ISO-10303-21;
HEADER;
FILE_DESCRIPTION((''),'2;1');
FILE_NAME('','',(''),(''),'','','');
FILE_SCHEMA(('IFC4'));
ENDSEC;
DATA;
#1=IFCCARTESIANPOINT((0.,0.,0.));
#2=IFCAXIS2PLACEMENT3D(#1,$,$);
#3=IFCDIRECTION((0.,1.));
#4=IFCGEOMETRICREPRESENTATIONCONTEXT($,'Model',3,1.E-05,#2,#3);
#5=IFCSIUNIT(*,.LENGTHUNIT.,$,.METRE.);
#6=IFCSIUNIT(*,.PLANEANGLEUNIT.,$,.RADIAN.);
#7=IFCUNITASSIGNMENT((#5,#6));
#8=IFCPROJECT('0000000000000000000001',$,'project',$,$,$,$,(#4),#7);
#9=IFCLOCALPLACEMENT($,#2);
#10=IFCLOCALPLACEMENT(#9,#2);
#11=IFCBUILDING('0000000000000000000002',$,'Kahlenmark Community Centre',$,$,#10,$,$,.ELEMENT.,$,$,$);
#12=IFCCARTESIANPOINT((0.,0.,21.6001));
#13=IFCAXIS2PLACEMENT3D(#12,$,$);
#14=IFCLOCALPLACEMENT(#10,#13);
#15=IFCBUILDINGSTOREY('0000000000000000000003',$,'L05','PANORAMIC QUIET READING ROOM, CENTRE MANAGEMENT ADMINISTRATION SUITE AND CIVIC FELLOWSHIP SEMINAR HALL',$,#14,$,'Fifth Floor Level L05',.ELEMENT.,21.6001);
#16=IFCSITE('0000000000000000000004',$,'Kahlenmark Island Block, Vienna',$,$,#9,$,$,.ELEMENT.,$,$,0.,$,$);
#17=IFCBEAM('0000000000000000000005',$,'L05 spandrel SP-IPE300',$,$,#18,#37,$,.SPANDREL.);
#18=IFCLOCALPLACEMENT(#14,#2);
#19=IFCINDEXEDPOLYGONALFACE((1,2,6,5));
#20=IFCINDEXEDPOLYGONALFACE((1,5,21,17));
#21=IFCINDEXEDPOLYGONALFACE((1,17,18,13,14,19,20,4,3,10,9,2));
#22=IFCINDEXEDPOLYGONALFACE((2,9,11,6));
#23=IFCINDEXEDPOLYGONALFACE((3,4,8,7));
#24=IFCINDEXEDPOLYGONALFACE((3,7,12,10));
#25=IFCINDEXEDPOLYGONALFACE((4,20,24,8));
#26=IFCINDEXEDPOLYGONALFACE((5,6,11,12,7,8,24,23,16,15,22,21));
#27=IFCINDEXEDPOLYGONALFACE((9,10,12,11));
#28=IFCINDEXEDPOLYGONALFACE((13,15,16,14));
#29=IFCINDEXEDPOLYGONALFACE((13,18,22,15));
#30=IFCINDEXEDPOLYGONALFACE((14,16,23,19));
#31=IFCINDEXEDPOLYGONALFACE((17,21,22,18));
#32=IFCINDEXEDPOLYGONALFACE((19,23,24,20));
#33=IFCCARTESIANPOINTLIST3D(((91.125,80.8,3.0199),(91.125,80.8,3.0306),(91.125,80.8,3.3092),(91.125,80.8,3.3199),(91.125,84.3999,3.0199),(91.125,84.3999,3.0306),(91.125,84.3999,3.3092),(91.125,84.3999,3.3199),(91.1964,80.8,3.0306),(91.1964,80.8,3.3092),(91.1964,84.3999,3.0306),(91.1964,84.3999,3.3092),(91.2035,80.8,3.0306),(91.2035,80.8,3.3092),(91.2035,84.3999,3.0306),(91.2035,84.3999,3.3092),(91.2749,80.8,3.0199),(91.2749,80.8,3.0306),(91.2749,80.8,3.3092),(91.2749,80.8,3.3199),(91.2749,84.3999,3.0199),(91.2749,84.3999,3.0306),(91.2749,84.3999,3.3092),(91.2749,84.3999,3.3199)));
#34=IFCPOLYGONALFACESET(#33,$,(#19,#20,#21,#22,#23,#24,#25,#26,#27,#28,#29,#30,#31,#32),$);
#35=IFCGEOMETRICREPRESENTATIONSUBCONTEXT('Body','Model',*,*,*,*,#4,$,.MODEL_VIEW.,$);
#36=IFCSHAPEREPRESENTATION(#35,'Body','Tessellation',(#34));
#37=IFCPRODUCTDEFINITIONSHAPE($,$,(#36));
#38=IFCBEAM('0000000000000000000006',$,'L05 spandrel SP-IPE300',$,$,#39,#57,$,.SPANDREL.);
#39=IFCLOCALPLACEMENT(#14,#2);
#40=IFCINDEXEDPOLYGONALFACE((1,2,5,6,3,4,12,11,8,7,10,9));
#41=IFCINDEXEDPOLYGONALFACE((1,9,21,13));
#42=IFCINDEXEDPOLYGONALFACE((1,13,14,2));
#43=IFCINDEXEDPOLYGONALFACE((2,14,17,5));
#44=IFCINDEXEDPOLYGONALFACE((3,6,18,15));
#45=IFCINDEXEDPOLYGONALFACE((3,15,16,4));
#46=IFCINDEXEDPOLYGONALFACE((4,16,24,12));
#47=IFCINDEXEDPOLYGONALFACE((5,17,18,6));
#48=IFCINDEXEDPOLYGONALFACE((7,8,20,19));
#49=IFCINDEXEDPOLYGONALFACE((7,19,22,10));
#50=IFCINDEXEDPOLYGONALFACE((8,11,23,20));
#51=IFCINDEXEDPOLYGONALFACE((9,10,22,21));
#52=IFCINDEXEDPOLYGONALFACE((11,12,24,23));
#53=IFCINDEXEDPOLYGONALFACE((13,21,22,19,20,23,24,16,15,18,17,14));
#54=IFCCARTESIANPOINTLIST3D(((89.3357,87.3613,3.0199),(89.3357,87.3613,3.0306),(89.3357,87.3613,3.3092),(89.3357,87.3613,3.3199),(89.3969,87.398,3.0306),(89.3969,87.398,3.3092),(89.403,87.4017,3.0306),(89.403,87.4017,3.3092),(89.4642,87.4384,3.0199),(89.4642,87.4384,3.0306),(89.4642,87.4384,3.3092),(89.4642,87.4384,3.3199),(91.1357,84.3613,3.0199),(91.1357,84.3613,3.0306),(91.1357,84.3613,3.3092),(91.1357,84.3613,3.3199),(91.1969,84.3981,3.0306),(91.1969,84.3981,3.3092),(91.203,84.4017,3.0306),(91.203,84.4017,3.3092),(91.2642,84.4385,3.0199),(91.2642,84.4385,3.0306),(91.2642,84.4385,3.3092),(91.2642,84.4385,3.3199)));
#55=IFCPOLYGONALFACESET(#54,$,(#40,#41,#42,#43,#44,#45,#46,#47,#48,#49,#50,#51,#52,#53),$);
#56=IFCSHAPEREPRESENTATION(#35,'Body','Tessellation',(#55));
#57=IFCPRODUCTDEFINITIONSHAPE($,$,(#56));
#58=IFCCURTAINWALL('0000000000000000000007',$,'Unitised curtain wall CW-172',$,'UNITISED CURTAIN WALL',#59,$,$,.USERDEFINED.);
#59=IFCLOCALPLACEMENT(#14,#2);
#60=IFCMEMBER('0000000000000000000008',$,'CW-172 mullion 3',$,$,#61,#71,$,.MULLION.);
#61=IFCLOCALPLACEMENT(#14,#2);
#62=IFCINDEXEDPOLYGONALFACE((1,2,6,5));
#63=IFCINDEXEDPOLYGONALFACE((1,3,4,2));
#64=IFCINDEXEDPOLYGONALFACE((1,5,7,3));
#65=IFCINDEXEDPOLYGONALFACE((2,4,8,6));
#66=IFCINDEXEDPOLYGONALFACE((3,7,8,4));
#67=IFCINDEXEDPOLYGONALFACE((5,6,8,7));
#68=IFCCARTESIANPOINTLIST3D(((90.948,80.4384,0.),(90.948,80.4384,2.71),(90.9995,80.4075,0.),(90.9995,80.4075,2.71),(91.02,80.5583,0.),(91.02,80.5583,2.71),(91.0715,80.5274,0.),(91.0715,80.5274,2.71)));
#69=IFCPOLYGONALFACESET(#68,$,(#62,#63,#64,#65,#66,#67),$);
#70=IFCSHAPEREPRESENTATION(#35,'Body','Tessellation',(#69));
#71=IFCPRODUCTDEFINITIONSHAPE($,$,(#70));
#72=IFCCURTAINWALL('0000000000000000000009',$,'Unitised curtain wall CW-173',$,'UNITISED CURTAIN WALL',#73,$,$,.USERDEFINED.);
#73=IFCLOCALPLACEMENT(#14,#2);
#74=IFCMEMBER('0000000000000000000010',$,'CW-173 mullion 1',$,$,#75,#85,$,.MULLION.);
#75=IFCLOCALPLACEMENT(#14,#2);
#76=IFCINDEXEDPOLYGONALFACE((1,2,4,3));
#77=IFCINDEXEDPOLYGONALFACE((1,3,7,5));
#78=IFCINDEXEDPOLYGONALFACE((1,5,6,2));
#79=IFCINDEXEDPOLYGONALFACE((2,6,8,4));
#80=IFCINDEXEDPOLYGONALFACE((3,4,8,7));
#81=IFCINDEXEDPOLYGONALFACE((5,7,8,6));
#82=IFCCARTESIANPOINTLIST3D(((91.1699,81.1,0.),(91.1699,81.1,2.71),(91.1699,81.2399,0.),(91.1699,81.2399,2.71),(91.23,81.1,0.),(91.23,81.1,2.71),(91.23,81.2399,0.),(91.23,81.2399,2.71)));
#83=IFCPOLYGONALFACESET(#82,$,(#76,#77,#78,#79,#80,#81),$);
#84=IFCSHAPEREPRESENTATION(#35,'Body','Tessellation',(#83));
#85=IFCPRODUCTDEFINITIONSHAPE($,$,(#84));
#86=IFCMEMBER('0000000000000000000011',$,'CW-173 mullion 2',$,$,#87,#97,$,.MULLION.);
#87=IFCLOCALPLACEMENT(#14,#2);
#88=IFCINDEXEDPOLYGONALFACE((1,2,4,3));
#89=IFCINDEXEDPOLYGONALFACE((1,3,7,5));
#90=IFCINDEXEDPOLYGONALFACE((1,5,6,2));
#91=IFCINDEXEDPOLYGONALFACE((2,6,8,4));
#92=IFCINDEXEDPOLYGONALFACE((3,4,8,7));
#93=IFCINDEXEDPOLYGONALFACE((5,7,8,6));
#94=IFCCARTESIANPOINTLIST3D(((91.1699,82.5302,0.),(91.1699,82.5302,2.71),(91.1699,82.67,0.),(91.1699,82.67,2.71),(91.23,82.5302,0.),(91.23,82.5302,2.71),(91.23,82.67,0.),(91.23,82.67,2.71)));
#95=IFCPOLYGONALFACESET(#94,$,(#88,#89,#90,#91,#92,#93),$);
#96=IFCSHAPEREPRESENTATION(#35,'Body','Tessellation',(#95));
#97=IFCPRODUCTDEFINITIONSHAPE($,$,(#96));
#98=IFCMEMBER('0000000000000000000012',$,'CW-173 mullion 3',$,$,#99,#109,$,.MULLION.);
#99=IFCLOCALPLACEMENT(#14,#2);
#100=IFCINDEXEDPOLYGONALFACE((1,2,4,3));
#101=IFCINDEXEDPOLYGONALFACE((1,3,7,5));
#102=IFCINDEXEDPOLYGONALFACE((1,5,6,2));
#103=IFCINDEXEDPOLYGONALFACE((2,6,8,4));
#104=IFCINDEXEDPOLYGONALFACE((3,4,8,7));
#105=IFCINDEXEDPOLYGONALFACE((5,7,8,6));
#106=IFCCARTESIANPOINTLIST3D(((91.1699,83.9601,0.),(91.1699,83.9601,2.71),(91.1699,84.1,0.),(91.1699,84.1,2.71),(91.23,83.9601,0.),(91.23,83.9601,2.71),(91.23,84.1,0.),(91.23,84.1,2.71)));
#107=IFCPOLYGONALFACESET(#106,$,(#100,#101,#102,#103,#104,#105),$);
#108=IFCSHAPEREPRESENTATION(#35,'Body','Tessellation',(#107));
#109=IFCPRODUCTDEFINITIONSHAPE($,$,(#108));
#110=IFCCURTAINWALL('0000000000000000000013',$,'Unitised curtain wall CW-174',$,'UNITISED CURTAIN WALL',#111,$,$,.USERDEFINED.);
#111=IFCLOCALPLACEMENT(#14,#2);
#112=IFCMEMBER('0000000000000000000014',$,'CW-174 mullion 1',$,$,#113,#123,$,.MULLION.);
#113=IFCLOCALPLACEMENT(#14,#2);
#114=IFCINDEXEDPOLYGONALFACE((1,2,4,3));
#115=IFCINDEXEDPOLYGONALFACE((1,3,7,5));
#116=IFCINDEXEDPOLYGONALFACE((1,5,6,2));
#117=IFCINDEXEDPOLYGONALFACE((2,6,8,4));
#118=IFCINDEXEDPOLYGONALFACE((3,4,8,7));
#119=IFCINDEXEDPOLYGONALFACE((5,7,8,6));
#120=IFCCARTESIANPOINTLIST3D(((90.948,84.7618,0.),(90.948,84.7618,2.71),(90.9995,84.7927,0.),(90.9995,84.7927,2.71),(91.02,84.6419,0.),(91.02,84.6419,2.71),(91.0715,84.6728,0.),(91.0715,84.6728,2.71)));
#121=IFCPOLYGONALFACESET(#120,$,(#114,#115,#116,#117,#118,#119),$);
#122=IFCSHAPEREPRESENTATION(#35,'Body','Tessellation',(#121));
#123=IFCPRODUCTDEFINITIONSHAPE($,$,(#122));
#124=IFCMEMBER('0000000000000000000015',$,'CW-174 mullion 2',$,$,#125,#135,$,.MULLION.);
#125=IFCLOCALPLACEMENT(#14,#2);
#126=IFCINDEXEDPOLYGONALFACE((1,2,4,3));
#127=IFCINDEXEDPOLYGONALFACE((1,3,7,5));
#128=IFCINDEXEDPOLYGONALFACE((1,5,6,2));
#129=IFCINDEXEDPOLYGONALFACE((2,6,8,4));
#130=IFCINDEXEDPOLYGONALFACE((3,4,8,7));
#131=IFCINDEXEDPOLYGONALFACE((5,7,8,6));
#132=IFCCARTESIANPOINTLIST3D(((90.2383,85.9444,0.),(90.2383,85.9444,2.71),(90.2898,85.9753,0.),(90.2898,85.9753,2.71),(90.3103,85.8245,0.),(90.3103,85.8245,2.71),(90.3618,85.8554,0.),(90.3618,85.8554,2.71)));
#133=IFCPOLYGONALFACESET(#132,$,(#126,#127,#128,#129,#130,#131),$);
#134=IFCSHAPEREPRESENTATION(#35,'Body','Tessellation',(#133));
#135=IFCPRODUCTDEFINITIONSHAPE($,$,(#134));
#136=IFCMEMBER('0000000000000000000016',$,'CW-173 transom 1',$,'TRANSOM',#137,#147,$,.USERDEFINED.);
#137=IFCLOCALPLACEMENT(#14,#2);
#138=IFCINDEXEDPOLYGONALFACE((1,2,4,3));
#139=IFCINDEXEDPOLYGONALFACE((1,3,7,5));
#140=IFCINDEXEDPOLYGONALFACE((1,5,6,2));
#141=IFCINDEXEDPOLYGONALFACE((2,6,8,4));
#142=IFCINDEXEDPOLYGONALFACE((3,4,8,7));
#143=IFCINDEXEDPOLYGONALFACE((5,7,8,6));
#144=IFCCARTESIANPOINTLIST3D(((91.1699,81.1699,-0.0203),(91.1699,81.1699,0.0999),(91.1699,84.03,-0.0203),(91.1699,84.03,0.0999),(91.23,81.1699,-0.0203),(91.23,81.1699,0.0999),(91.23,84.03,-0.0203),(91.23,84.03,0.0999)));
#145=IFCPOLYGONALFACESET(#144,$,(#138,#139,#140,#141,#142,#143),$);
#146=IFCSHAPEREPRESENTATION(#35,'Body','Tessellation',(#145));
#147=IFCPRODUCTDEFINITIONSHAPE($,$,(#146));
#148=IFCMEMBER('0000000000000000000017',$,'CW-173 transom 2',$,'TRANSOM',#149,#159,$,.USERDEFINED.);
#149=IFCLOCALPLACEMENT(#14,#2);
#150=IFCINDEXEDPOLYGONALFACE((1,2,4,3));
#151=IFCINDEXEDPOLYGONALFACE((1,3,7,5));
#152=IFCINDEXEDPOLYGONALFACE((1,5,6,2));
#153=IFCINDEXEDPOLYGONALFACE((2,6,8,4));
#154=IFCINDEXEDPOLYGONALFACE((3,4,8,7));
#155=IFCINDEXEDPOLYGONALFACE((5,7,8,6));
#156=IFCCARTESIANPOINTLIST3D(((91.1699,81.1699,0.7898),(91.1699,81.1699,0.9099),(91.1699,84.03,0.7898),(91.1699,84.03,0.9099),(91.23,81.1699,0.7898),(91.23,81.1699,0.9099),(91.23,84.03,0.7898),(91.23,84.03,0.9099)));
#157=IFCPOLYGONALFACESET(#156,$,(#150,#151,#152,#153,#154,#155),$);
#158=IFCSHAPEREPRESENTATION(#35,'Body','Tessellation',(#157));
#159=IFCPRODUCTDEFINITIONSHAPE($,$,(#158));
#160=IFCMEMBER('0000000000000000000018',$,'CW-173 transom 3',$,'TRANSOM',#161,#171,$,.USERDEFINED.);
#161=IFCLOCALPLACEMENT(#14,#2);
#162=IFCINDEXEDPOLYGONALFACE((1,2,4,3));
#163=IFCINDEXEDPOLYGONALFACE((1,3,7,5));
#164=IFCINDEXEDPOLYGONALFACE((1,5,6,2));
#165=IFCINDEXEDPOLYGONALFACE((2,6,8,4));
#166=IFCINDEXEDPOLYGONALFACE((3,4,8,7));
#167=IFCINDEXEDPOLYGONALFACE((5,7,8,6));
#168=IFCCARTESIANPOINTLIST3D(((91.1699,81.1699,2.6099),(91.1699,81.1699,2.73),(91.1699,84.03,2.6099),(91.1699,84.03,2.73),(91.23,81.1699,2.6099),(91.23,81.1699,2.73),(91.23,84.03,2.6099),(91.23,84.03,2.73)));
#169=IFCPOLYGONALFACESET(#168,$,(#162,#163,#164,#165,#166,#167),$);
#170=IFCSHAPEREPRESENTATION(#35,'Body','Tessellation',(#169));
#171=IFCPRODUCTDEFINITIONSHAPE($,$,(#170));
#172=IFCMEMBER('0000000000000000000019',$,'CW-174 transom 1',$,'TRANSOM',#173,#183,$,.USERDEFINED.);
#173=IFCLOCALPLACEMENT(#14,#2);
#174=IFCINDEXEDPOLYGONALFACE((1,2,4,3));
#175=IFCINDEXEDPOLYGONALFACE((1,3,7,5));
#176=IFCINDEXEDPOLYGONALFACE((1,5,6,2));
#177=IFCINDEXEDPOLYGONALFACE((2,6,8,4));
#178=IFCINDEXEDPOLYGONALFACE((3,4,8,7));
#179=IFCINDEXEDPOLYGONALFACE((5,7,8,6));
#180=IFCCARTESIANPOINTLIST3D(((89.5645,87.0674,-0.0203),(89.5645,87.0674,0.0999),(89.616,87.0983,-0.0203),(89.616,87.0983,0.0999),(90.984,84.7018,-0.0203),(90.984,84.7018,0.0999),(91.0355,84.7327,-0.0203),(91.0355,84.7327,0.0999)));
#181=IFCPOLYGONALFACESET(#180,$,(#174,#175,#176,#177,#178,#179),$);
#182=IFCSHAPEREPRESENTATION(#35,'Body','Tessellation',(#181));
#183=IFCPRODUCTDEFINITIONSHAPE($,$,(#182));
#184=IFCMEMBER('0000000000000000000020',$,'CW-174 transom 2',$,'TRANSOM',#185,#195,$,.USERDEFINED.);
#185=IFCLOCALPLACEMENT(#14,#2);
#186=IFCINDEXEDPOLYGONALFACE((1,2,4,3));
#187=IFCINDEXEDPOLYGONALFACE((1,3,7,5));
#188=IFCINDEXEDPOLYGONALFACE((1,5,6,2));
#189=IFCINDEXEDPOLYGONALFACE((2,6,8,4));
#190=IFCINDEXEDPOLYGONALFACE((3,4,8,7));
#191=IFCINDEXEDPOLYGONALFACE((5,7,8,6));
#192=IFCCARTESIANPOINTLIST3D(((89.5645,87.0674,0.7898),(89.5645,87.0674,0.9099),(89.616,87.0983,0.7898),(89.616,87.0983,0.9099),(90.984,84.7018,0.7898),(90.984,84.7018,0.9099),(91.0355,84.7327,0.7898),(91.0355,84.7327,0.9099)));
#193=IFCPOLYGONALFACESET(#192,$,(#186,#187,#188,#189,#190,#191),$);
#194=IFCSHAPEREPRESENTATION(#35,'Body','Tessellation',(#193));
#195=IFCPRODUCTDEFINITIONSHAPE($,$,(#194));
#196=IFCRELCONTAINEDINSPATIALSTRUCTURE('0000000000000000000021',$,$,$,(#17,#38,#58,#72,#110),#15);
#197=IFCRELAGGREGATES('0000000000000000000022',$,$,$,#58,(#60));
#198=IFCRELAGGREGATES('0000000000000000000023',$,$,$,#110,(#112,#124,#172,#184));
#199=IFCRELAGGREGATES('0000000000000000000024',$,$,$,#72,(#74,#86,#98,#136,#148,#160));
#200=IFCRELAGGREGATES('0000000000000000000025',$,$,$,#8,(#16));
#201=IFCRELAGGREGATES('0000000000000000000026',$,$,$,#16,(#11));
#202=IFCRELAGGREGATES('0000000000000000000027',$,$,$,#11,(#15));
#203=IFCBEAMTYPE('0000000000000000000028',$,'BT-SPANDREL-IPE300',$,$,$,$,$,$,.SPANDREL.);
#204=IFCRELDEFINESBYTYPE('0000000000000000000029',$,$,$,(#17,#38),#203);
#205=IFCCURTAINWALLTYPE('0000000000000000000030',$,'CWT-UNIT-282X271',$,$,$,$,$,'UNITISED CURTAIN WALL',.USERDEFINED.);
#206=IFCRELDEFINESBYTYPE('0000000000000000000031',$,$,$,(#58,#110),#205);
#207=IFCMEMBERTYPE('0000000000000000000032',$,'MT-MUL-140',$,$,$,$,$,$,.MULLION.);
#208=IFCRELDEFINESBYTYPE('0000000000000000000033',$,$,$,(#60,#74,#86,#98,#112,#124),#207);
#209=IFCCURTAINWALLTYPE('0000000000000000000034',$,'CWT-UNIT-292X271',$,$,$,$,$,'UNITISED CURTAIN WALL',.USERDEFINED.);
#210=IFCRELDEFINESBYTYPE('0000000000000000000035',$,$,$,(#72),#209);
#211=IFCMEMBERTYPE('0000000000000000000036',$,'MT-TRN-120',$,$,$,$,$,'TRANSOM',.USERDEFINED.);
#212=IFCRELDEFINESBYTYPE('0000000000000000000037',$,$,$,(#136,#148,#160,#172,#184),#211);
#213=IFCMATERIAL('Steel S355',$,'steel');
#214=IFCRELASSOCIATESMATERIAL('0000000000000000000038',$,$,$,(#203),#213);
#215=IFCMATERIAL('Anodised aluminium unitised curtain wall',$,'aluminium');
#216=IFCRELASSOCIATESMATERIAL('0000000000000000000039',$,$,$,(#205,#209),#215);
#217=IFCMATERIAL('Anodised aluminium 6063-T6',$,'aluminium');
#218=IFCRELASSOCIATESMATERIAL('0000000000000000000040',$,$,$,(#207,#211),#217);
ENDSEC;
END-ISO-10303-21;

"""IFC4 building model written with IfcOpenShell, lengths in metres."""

from ifc_helpers import new_model, si_unit, direction, frame, origin, origin_2d, place, context, subcontext, project, spatial, rectangle, i_section, extrude, material, material_profile, profile_set, type_object, element, aggregate, save


model = new_model("IFC4")

# Units and contexts
model_context = context("Model", 3, precision=1e-05, world=origin(), true_north=direction((0.0, 1.0)))
body_context = subcontext(model_context, "Body", "Model", "MODEL_VIEW")
ifc_project = project(units=[si_unit("LENGTHUNIT", "METRE"), si_unit("PLANEANGLEUNIT", "RADIAN")], contexts=[model_context])

# Site, building, storey
site_placement = place(None, origin())
site = spatial("IfcSite", under=ifc_project, at=site_placement, Name="Kahlenmark Island Block, Vienna", CompositionType="ELEMENT", RefElevation=0.0)
building_placement = place(site_placement, origin())
building = spatial("IfcBuilding", under=site, at=building_placement, Name="Kahlenmark Community Centre", CompositionType="ELEMENT")
storey_placement = place(building_placement, frame((0.0, 0.0, 21.6001)))
storey = spatial("IfcBuildingStorey", under=building, at=storey_placement, Name="L05", Description="PANORAMIC QUIET READING ROOM, CENTRE MANAGEMENT ADMINISTRATION SUITE AND CIVIC FELLOWSHIP SEMINAR HALL", LongName="Fifth Floor Level L05", CompositionType="ELEMENT", Elevation=21.6001)

# Shared definitions
ifc_material_1 = material(Name="Steel S355", Category="steel")

# Beams
ifc_material_profile_1 = material_profile(ifc_material_1, i_section(OverallWidth=0.1499, OverallDepth=0.3, WebThickness=0.0071, FlangeThickness=0.0107, at=origin_2d()), Name="IPE 300")
ifc_profile_set_1 = profile_set([ifc_material_profile_1], Name="Steel S355")
beam_type_1 = type_object("IfcBeamType", Name="BT-SPANDREL-IPE300", PredefinedType="SPANDREL", material=ifc_profile_set_1)
beam_1_placement = place(storey_placement, frame((91.2, 80.8, 3.1699), z_axis=(0.0, 1.0, 0.0), x_axis=(-1.0, 0.0, 0.0)))
element("IfcBeam", 1, at=beam_1_placement, inside=storey, type_object=beam_type_1, Name="L05 spandrel SP-IPE300", PredefinedType="SPANDREL", context=body_context, shape_type="SweptSolid", body=[
    extrude(i_section(OverallWidth=0.1499, OverallDepth=0.3, WebThickness=0.0071, FlangeThickness=0.0107, at=origin_2d()), origin(), (0.0, 0.0, 1.0), 3.5999),
])
beam_2_placement = place(storey_placement, frame((91.2, 84.3999, 3.1699), z_axis=(-0.514506, 0.857487, 0.0), x_axis=(-0.857487, -0.514506, 0.0)))
element("IfcBeam", 2, at=beam_2_placement, inside=storey, type_object=beam_type_1, Name="L05 spandrel SP-IPE300", PredefinedType="SPANDREL", context=body_context, shape_type="SweptSolid", body=[
    extrude(i_section(OverallWidth=0.1499, OverallDepth=0.3, WebThickness=0.0071, FlangeThickness=0.0107, at=origin_2d()), origin(), (0.0, 0.0, 1.0), 3.4985),
])

# Curtain wall, member
ifc_material_2 = material(Name="Anodised aluminium unitised curtain wall", Category="aluminium")
curtain_wall_type_1 = type_object("IfcCurtainWallType", Name="CWT-UNIT-282X271", ElementType="UNITISED CURTAIN WALL", PredefinedType="USERDEFINED", material=ifc_material_2)
curtain_wall_1_placement = place(storey_placement, origin())
curtain_wall_1 = element("IfcCurtainWall", 3, at=curtain_wall_1_placement, inside=storey, type_object=curtain_wall_type_1, Name="Unitised curtain wall CW-172", ObjectType="UNITISED CURTAIN WALL", PredefinedType="USERDEFINED")
ifc_material_3 = material(Name="Anodised aluminium 6063-T6", Category="aluminium")
ifc_material_profile_2 = material_profile(ifc_material_3, rectangle(XDim=0.0601, YDim=0.1399, at=origin_2d()), Name="ALU MULLION 60x140")
ifc_profile_set_2 = profile_set([ifc_material_profile_2], Name="Anodised aluminium 6063-T6")
member_type_1 = type_object("IfcMemberType", Name="MT-MUL-140", PredefinedType="MULLION", material=ifc_profile_set_2)
member_1_placement = place(storey_placement, frame((91.0098, 80.4829, 0.0), z_axis=(0.0, 0.0, 1.0), x_axis=(-0.857493, 0.514496, 0.0)))
member_1 = element("IfcMember", 4, at=member_1_placement, type_object=member_type_1, Name="CW-172 mullion 3", PredefinedType="MULLION", context=body_context, shape_type="SweptSolid", body=[
    extrude(rectangle(XDim=0.0601, YDim=0.1399, at=origin_2d()), origin(), (0.0, 0.0, 1.0), 2.71),
])

# Curtain walls, members
curtain_wall_type_2 = type_object("IfcCurtainWallType", Name="CWT-UNIT-292X271", ElementType="UNITISED CURTAIN WALL", PredefinedType="USERDEFINED", material=ifc_material_2)
curtain_wall_2_placement = place(storey_placement, origin())
curtain_wall_2 = element("IfcCurtainWall", 5, at=curtain_wall_2_placement, inside=storey, type_object=curtain_wall_type_2, Name="Unitised curtain wall CW-173", ObjectType="UNITISED CURTAIN WALL", PredefinedType="USERDEFINED")
member_2_placement = place(storey_placement, frame((91.2, 81.1699, 0.0), z_axis=(0.0, 0.0, 1.0), x_axis=(-1.0, 0.0, 0.0)))
member_2 = element("IfcMember", 6, at=member_2_placement, type_object=member_type_1, Name="CW-173 mullion 1", PredefinedType="MULLION", context=body_context, shape_type="SweptSolid", body=[
    extrude(rectangle(XDim=0.0601, YDim=0.1399, at=origin_2d()), origin(), (0.0, 0.0, 1.0), 2.71),
])
member_3_placement = place(storey_placement, frame((91.2, 82.6001, 0.0), z_axis=(0.0, 0.0, 1.0), x_axis=(-1.0, 0.0, 0.0)))
member_3 = element("IfcMember", 7, at=member_3_placement, type_object=member_type_1, Name="CW-173 mullion 2", PredefinedType="MULLION", context=body_context, shape_type="SweptSolid", body=[
    extrude(rectangle(XDim=0.0601, YDim=0.1399, at=origin_2d()), origin(), (0.0, 0.0, 1.0), 2.71),
])
member_4_placement = place(storey_placement, frame((91.2, 84.03, 0.0), z_axis=(0.0, 0.0, 1.0), x_axis=(-1.0, 0.0, 0.0)))
member_4 = element("IfcMember", 8, at=member_4_placement, type_object=member_type_1, Name="CW-173 mullion 3", PredefinedType="MULLION", context=body_context, shape_type="SweptSolid", body=[
    extrude(rectangle(XDim=0.0601, YDim=0.1399, at=origin_2d()), origin(), (0.0, 0.0, 1.0), 2.71),
])
curtain_wall_3_placement = place(storey_placement, origin())
curtain_wall_3 = element("IfcCurtainWall", 9, at=curtain_wall_3_placement, inside=storey, type_object=curtain_wall_type_1, Name="Unitised curtain wall CW-174", ObjectType="UNITISED CURTAIN WALL", PredefinedType="USERDEFINED")
member_5_placement = place(storey_placement, frame((91.0098, 84.7173, 0.0), z_axis=(0.0, 0.0, 1.0), x_axis=(-0.857493, -0.514496, 0.0)))
member_5 = element("IfcMember", 10, at=member_5_placement, type_object=member_type_1, Name="CW-174 mullion 1", PredefinedType="MULLION", context=body_context, shape_type="SweptSolid", body=[
    extrude(rectangle(XDim=0.0601, YDim=0.1399, at=origin_2d()), origin(), (0.0, 0.0, 1.0), 2.71),
])
member_6_placement = place(storey_placement, frame((90.3, 85.8999, 0.0), z_axis=(0.0, 0.0, 1.0), x_axis=(-0.857493, -0.514496, 0.0)))
member_6 = element("IfcMember", 11, at=member_6_placement, type_object=member_type_1, Name="CW-174 mullion 2", PredefinedType="MULLION", context=body_context, shape_type="SweptSolid", body=[
    extrude(rectangle(XDim=0.0601, YDim=0.1399, at=origin_2d()), origin(), (0.0, 0.0, 1.0), 2.71),
])

# Members
ifc_material_profile_3 = material_profile(ifc_material_3, rectangle(XDim=0.0601, YDim=0.1201, at=origin_2d()), Name="ALU TRANSOM 60x120")
ifc_profile_set_3 = profile_set([ifc_material_profile_3], Name="Anodised aluminium 6063-T6")
member_type_2 = type_object("IfcMemberType", Name="MT-TRN-120", ElementType="TRANSOM", PredefinedType="USERDEFINED", material=ifc_profile_set_3)
member_7_placement = place(storey_placement, frame((91.2, 81.1699, 0.0398), z_axis=(0.0, 1.0, 0.0), x_axis=(-1.0, 0.0, 0.0)))
member_7 = element("IfcMember", 12, at=member_7_placement, type_object=member_type_2, Name="CW-173 transom 1", ObjectType="TRANSOM", PredefinedType="USERDEFINED", context=body_context, shape_type="SweptSolid", body=[
    extrude(rectangle(XDim=0.0601, YDim=0.1201, at=origin_2d()), origin(), (0.0, 0.0, 1.0), 2.8601),
])
member_8_placement = place(storey_placement, frame((91.2, 81.1699, 0.8499), z_axis=(0.0, 1.0, 0.0), x_axis=(-1.0, 0.0, 0.0)))
member_8 = element("IfcMember", 13, at=member_8_placement, type_object=member_type_2, Name="CW-173 transom 2", ObjectType="TRANSOM", PredefinedType="USERDEFINED", context=body_context, shape_type="SweptSolid", body=[
    extrude(rectangle(XDim=0.0601, YDim=0.1201, at=origin_2d()), origin(), (0.0, 0.0, 1.0), 2.8601),
])
member_9_placement = place(storey_placement, frame((91.2, 81.1699, 2.6699), z_axis=(0.0, 1.0, 0.0), x_axis=(-1.0, 0.0, 0.0)))
member_9 = element("IfcMember", 14, at=member_9_placement, type_object=member_type_2, Name="CW-173 transom 3", ObjectType="TRANSOM", PredefinedType="USERDEFINED", context=body_context, shape_type="SweptSolid", body=[
    extrude(rectangle(XDim=0.0601, YDim=0.1201, at=origin_2d()), origin(), (0.0, 0.0, 1.0), 2.8601),
])
member_10_placement = place(storey_placement, frame((91.0098, 84.7173, 0.0398), z_axis=(-0.514535, 0.857469, 0.0), x_axis=(-0.857469, -0.514535, 0.0)))
member_10 = element("IfcMember", 15, at=member_10_placement, type_object=member_type_2, Name="CW-174 transom 1", ObjectType="TRANSOM", PredefinedType="USERDEFINED", context=body_context, shape_type="SweptSolid", body=[
    extrude(rectangle(XDim=0.0601, YDim=0.1201, at=origin_2d()), origin(), (0.0, 0.0, 1.0), 2.7588),
])
member_11_placement = place(storey_placement, frame((91.0098, 84.7173, 0.8499), z_axis=(-0.514535, 0.857469, 0.0), x_axis=(-0.857469, -0.514535, 0.0)))
member_11 = element("IfcMember", 16, at=member_11_placement, type_object=member_type_2, Name="CW-174 transom 2", ObjectType="TRANSOM", PredefinedType="USERDEFINED", context=body_context, shape_type="SweptSolid", body=[
    extrude(rectangle(XDim=0.0601, YDim=0.1201, at=origin_2d()), origin(), (0.0, 0.0, 1.0), 2.7588),
])

aggregate(curtain_wall_1, [member_1])
aggregate(curtain_wall_3, [member_5, member_6, member_10, member_11])
aggregate(curtain_wall_2, [member_2, member_3, member_4, member_7, member_8, member_9])

save(model, "model.ifc")
